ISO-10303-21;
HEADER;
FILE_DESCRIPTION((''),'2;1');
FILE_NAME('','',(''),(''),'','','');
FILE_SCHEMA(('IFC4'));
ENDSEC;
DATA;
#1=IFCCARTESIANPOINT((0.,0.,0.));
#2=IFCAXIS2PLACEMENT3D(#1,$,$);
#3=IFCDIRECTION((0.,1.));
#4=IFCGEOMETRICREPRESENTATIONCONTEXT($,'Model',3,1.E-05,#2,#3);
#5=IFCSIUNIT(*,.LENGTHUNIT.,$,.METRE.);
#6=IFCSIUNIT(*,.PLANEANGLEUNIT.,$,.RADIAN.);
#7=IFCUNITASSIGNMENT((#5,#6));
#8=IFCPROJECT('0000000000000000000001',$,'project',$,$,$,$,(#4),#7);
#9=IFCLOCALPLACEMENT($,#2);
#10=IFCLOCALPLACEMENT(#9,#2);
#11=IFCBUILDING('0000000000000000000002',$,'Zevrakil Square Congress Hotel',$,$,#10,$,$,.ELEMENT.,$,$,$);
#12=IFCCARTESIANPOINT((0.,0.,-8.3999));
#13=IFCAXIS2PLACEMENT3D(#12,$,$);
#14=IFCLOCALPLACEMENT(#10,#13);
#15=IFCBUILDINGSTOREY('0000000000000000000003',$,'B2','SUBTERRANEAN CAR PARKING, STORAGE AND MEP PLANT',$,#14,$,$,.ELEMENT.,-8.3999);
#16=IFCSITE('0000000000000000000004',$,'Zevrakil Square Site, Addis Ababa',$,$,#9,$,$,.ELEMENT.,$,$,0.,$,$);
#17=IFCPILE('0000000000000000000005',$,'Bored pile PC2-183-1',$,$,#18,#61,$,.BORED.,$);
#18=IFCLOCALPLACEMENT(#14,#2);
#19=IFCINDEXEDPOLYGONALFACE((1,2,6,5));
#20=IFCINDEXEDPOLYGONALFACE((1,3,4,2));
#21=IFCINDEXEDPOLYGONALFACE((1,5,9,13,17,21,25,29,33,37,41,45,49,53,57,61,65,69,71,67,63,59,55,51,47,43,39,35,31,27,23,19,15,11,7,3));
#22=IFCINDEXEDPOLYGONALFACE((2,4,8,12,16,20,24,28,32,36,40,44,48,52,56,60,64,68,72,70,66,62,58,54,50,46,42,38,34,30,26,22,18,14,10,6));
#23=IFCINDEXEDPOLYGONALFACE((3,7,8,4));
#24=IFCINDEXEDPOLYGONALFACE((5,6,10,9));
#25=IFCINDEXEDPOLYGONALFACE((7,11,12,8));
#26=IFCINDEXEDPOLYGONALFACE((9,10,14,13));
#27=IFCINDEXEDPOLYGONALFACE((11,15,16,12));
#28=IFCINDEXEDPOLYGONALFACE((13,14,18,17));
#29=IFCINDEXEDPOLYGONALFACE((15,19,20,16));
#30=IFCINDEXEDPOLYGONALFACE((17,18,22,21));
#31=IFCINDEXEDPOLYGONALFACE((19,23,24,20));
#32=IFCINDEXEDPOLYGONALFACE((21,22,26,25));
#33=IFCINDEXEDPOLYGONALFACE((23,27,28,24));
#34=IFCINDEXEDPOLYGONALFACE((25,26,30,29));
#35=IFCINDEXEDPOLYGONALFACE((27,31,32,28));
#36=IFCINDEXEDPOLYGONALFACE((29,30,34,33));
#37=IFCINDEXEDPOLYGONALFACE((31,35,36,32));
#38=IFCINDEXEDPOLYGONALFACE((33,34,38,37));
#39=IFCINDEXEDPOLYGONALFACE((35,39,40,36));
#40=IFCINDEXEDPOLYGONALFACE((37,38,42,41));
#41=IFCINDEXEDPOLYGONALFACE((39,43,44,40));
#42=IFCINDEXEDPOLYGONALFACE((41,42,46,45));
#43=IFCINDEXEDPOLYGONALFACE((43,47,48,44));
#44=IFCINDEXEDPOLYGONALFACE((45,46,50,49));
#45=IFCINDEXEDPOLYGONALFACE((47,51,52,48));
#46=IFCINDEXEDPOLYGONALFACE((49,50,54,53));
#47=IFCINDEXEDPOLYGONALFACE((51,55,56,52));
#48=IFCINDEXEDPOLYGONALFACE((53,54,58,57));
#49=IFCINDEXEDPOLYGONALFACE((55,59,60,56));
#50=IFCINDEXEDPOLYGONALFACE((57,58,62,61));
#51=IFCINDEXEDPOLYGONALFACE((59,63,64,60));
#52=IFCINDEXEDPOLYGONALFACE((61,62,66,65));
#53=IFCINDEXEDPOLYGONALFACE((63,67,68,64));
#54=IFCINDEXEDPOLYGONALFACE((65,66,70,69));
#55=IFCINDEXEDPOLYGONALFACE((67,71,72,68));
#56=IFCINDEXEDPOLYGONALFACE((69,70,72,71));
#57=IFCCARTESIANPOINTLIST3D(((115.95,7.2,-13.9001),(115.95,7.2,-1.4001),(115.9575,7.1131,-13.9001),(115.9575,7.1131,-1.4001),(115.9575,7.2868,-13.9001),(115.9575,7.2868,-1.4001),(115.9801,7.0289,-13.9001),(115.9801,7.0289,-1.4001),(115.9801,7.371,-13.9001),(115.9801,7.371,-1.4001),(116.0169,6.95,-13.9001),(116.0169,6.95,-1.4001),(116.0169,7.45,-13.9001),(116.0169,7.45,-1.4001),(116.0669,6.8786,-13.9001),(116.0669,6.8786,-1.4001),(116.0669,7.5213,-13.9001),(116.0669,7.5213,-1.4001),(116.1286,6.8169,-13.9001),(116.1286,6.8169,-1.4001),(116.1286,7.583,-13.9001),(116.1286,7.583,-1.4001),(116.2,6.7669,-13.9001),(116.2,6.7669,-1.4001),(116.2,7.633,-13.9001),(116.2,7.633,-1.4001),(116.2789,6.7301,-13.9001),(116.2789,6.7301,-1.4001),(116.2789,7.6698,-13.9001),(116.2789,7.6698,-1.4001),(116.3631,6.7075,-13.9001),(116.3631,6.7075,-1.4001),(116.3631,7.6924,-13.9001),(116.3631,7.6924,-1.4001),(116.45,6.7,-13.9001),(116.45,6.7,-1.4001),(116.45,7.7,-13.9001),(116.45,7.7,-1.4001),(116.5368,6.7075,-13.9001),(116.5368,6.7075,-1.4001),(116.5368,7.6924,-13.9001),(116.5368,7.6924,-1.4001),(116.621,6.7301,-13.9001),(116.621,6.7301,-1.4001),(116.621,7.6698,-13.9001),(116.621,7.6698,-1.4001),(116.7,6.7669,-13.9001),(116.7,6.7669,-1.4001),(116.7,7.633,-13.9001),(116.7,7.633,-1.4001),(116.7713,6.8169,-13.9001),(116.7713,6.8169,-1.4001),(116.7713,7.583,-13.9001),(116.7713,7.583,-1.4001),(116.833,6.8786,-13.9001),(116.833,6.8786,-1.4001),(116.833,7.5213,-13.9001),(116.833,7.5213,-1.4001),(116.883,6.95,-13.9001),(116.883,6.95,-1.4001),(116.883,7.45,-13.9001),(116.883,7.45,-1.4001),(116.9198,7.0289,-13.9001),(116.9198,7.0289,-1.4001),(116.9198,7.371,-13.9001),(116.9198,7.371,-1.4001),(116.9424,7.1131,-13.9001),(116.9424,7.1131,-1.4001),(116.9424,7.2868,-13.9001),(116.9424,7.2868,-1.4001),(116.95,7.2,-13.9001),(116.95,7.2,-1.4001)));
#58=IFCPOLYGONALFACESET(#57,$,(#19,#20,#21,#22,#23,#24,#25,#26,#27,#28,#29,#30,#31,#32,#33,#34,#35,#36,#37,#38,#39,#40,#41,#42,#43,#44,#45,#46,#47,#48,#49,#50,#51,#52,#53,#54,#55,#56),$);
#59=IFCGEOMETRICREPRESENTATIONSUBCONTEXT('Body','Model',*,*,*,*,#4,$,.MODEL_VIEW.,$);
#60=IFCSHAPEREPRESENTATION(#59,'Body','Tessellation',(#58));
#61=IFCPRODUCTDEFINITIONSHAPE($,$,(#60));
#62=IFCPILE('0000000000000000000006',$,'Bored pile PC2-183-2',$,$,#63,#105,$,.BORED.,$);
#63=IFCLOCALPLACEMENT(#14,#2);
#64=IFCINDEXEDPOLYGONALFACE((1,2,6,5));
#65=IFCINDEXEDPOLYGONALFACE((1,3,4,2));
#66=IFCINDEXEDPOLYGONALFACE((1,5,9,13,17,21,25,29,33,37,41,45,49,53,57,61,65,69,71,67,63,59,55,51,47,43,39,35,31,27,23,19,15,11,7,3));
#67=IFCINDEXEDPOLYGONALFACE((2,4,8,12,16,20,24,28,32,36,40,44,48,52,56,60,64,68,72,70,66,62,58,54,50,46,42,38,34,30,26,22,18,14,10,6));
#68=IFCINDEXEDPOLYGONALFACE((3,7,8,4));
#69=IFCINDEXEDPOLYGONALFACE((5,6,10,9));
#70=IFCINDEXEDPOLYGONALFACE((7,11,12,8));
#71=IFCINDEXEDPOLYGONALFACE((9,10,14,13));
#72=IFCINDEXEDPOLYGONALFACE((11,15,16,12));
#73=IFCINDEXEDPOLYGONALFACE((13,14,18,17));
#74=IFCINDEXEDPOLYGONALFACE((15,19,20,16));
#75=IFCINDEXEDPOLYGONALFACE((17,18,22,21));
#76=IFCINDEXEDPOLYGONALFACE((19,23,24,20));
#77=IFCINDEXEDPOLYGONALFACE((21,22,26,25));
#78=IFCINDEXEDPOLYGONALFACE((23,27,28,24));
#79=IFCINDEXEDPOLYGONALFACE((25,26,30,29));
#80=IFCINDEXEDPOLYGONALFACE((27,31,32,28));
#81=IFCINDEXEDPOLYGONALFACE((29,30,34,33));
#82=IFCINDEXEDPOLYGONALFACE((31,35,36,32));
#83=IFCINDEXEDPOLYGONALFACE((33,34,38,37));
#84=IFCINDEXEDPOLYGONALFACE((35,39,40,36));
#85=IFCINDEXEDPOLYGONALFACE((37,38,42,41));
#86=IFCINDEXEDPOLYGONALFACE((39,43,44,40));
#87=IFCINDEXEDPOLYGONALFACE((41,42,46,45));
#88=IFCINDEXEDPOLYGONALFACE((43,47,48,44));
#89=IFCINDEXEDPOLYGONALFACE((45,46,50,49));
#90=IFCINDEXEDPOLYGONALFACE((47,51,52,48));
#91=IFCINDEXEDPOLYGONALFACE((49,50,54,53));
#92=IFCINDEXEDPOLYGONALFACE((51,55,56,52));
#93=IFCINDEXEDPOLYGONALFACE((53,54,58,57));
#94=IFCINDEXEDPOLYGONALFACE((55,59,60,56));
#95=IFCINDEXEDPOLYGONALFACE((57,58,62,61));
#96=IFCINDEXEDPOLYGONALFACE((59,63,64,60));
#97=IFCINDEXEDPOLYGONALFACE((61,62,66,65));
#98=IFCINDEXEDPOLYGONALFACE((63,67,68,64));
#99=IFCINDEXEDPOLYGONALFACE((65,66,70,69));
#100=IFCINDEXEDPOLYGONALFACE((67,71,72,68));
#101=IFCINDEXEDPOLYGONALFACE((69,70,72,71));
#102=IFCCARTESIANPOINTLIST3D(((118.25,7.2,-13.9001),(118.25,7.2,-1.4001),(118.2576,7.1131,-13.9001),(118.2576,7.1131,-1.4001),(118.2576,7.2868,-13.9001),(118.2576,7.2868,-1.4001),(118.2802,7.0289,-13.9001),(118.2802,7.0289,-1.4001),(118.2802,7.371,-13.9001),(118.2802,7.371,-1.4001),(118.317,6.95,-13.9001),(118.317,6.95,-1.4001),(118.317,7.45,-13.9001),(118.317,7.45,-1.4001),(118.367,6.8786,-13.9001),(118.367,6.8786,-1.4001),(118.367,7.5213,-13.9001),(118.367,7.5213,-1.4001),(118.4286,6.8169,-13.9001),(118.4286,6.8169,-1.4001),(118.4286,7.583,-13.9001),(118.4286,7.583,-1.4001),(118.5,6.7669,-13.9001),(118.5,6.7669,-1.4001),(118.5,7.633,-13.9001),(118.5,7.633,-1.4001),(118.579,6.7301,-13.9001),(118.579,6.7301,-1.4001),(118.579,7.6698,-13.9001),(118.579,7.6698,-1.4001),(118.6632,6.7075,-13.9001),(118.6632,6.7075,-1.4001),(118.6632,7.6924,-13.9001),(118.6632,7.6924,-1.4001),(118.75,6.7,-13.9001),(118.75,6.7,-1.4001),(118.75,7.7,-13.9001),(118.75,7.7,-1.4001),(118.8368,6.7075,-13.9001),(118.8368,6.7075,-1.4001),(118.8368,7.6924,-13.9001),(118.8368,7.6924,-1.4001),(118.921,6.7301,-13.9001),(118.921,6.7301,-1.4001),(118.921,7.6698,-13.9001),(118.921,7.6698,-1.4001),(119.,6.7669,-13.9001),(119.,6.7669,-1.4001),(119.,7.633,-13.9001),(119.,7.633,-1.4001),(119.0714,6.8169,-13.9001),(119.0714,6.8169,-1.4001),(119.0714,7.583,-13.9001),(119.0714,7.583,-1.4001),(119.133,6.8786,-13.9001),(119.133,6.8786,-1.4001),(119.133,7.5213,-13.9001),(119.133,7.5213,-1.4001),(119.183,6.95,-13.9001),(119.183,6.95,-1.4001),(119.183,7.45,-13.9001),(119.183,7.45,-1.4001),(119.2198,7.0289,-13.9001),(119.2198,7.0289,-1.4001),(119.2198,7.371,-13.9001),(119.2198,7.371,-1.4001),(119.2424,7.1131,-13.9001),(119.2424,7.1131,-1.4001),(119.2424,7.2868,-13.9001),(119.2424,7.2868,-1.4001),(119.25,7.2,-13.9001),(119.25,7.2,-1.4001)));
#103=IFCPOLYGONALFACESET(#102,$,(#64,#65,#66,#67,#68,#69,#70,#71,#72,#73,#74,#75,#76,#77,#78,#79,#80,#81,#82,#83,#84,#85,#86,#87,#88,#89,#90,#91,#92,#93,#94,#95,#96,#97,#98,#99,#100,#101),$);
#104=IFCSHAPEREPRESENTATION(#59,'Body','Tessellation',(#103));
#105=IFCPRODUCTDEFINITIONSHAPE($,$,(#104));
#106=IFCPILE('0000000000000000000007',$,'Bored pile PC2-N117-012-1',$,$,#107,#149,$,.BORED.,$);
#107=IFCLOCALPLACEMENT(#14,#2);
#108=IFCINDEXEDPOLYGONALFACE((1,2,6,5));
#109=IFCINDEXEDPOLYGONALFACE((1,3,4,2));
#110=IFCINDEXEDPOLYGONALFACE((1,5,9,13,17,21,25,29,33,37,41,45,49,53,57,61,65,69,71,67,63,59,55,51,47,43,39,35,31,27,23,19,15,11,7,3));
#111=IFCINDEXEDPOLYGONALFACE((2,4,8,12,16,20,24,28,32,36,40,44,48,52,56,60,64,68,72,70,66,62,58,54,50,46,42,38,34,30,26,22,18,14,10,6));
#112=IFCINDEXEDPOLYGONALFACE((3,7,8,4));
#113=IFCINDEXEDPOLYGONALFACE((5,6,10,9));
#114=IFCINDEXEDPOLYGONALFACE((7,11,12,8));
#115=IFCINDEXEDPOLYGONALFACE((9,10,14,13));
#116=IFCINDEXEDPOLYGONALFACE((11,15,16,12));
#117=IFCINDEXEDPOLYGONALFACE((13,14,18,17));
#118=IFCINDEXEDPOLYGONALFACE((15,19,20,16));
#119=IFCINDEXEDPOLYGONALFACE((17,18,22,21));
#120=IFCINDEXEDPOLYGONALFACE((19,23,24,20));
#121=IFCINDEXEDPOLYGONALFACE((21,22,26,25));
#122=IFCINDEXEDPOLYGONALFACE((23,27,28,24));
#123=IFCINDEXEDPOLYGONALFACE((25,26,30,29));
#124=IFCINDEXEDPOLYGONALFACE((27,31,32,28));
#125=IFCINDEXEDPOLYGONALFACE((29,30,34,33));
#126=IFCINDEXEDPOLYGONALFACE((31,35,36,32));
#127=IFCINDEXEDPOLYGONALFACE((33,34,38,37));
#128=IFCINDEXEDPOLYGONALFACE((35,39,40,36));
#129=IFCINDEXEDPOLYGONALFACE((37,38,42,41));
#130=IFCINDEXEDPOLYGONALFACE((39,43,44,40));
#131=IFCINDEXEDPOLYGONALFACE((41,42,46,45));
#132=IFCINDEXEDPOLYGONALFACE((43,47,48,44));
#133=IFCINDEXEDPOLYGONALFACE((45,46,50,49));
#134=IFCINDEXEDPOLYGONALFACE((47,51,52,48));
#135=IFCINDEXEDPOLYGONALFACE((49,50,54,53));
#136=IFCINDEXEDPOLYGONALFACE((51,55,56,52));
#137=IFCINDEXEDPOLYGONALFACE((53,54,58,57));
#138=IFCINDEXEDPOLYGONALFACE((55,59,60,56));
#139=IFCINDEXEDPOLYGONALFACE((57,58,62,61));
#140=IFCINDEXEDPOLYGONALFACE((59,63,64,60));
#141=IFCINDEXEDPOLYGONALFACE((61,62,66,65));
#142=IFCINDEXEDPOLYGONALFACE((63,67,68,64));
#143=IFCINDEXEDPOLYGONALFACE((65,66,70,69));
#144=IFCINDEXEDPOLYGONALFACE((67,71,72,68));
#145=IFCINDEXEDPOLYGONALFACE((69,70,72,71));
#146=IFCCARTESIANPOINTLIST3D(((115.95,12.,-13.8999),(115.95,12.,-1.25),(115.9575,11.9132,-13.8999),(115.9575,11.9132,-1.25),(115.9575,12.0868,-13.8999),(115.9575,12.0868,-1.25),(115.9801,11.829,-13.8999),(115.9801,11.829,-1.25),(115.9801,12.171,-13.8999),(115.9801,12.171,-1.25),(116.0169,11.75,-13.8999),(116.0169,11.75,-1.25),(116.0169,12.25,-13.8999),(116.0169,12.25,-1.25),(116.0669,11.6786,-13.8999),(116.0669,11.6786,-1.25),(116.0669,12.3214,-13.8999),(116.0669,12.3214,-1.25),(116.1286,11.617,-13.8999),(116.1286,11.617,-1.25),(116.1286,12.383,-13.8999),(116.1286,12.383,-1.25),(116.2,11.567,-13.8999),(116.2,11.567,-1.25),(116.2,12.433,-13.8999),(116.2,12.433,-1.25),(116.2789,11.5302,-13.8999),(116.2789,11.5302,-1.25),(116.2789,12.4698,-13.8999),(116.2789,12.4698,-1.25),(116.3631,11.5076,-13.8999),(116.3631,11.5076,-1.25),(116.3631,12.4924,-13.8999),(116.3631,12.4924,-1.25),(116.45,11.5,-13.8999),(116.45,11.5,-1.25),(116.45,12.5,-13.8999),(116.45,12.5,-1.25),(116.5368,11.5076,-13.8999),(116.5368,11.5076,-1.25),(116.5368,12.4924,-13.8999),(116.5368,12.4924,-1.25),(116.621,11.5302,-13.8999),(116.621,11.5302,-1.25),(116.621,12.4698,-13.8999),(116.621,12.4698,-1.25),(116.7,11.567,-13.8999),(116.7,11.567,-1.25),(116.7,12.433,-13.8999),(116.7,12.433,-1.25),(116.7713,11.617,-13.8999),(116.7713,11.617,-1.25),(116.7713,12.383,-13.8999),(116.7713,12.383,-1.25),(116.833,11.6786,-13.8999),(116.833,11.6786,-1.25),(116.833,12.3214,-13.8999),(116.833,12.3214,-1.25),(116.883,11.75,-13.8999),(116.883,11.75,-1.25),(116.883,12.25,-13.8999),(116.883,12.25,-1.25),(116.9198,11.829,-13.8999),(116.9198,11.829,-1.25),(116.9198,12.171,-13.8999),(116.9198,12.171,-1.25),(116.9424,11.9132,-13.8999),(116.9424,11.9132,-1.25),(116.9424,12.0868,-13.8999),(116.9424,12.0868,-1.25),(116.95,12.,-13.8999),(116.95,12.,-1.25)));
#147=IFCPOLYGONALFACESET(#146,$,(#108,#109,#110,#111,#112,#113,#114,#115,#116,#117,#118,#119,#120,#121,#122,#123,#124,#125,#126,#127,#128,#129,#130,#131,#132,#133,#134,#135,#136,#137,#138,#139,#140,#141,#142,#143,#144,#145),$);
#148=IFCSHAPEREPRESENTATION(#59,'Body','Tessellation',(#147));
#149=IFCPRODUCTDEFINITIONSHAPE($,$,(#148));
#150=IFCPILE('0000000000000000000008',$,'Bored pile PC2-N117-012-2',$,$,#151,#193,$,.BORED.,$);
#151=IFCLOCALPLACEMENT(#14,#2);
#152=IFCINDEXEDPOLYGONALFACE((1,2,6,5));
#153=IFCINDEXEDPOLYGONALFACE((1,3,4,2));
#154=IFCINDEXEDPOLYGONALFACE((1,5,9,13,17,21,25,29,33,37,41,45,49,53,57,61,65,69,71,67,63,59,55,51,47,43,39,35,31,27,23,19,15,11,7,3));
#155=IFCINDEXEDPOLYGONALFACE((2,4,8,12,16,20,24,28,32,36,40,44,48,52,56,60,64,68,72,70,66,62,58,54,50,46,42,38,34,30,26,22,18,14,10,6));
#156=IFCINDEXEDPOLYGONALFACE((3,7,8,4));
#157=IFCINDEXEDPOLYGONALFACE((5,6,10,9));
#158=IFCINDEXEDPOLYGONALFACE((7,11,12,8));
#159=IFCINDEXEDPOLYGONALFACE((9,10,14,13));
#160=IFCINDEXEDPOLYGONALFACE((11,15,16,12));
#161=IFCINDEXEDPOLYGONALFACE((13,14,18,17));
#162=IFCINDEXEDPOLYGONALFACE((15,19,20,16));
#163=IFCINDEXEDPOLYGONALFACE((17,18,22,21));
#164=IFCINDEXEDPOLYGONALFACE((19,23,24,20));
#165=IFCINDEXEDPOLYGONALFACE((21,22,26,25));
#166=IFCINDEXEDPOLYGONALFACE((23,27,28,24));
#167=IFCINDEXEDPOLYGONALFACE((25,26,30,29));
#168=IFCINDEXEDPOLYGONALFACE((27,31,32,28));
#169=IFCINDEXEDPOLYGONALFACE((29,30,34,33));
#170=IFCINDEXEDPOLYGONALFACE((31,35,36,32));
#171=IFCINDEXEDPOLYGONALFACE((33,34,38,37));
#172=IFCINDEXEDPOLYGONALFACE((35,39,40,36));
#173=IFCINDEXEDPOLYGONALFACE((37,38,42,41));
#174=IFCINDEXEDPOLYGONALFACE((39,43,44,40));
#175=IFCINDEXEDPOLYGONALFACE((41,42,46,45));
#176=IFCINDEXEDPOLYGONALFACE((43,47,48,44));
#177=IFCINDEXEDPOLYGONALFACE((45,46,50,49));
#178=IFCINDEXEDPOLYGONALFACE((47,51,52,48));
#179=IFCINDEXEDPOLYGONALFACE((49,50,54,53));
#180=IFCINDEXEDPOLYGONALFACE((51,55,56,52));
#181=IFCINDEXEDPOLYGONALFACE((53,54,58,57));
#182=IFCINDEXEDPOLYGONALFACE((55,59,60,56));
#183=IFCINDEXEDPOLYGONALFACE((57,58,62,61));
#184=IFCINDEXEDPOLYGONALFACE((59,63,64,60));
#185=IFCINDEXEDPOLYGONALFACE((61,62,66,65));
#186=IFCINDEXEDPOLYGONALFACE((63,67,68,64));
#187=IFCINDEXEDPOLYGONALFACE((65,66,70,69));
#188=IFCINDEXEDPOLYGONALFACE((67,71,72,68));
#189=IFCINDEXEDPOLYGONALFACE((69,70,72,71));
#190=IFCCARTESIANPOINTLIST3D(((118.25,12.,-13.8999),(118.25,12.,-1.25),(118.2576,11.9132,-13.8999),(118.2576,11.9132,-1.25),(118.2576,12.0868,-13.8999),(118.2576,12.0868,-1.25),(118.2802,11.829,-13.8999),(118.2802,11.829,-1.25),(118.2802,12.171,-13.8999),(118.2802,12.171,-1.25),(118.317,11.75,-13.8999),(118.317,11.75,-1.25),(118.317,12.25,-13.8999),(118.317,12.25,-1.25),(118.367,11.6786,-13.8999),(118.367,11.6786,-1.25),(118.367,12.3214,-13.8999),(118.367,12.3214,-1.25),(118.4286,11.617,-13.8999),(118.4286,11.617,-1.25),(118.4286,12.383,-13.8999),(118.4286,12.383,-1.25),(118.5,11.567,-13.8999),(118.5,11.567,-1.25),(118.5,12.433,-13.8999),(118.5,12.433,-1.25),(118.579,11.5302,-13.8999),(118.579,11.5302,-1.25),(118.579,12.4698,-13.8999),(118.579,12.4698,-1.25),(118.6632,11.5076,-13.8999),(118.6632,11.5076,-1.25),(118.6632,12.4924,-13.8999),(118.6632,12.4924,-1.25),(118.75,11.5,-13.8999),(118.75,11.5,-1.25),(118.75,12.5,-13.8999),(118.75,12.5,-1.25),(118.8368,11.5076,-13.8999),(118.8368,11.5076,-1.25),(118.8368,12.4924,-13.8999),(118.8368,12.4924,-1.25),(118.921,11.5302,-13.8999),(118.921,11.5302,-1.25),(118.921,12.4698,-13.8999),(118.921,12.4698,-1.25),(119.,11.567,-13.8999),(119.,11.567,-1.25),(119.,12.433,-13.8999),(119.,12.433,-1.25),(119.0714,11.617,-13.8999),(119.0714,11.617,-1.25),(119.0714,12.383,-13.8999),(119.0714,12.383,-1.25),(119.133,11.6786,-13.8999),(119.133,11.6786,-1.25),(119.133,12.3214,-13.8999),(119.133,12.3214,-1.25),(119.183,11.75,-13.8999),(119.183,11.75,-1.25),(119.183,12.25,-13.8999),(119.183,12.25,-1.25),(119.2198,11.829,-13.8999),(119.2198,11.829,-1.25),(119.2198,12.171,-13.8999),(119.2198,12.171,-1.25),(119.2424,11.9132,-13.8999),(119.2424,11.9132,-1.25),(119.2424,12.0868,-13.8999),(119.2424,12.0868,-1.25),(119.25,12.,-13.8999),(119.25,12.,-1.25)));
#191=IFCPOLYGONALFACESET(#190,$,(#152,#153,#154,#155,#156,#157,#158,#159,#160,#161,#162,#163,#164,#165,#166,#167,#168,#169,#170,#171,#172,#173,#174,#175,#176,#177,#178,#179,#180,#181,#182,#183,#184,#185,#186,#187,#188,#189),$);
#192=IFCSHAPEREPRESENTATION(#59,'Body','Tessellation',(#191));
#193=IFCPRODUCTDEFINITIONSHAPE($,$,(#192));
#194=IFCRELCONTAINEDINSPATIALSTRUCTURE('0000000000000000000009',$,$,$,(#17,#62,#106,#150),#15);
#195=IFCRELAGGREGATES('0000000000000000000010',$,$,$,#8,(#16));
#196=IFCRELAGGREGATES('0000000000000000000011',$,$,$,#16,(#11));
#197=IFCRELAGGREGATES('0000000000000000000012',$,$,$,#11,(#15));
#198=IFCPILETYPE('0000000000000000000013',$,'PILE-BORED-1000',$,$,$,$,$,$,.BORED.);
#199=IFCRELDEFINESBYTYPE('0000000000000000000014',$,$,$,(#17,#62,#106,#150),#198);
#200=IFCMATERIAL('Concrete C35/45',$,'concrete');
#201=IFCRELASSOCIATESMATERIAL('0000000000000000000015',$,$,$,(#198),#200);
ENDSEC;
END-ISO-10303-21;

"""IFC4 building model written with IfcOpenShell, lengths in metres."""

from ifc_helpers import new_model, si_unit, direction, frame, origin, origin_2d, place, context, subcontext, project, spatial, circle, extrude, material, material_profile, profile_set, type_object, element, save


model = new_model("IFC4")

# Units and contexts
model_context = context("Model", 3, precision=1e-05, world=origin(), true_north=direction((0.0, 1.0)))
body_context = subcontext(model_context, "Body", "Model", "MODEL_VIEW")
ifc_project = project(units=[si_unit("LENGTHUNIT", "METRE"), si_unit("PLANEANGLEUNIT", "RADIAN")], contexts=[model_context])

# Site, building, storey
site_placement = place(None, origin())
site = spatial("IfcSite", under=ifc_project, at=site_placement, Name="Zevrakil Square Site, Addis Ababa", CompositionType="ELEMENT", RefElevation=0.0)
building_placement = place(site_placement, origin())
building = spatial("IfcBuilding", under=site, at=building_placement, Name="Zevrakil Square Congress Hotel", CompositionType="ELEMENT")
storey_placement = place(building_placement, frame((0.0, 0.0, -8.3999)))
storey = spatial("IfcBuildingStorey", under=building, at=storey_placement, Name="B2", Description="SUBTERRANEAN CAR PARKING, STORAGE AND MEP PLANT", CompositionType="ELEMENT", Elevation=-8.3999)

# Piles
ifc_material_1 = material(Name="Concrete C35/45", Category="concrete")
ifc_material_profile_1 = material_profile(ifc_material_1, circle(Radius=0.5, at=origin_2d()), Name="PILE D1000")
ifc_profile_set_1 = profile_set([ifc_material_profile_1], Name="Concrete C35/45")
pile_type_1 = type_object("IfcPileType", Name="PILE-BORED-1000", PredefinedType="BORED", material=ifc_profile_set_1)
for number, where, z_axis, x_axis, name in (
    (1, (116.45, 7.2, -1.4001), (0.0, 0.0, -1.0), (1.0, 0.0, 0.0), "Bored pile PC2-183-1"),
    (2, (118.75, 7.2, -1.4001), (0.0, 0.0, -1.0), (1.0, 0.0, 0.0), "Bored pile PC2-183-2"),
):
    element("IfcPile", number, at=place(storey_placement, frame(where, z_axis=z_axis, x_axis=x_axis)), inside=storey, type_object=pile_type_1, Name=name, PredefinedType="BORED", context=body_context, shape_type="SweptSolid", body=[
        extrude(circle(Radius=0.5, at=origin_2d()), origin(), (0.0, 0.0, 1.0), 12.5),
    ])
for number, where, z_axis, x_axis, name in (
    (3, (116.45, 12.0, -1.25), (0.0, 0.0, -1.0), (1.0, 0.0, 0.0), "Bored pile PC2-N117-012-1"),
    (4, (118.75, 12.0, -1.25), (0.0, 0.0, -1.0), (1.0, 0.0, 0.0), "Bored pile PC2-N117-012-2"),
):
    element("IfcPile", number, at=place(storey_placement, frame(where, z_axis=z_axis, x_axis=x_axis)), inside=storey, type_object=pile_type_1, Name=name, PredefinedType="BORED", context=body_context, shape_type="SweptSolid", body=[
        extrude(circle(Radius=0.5, at=origin_2d()), origin(), (0.0, 0.0, 1.0), 12.6499),
    ])

save(model, "model.ifc")
